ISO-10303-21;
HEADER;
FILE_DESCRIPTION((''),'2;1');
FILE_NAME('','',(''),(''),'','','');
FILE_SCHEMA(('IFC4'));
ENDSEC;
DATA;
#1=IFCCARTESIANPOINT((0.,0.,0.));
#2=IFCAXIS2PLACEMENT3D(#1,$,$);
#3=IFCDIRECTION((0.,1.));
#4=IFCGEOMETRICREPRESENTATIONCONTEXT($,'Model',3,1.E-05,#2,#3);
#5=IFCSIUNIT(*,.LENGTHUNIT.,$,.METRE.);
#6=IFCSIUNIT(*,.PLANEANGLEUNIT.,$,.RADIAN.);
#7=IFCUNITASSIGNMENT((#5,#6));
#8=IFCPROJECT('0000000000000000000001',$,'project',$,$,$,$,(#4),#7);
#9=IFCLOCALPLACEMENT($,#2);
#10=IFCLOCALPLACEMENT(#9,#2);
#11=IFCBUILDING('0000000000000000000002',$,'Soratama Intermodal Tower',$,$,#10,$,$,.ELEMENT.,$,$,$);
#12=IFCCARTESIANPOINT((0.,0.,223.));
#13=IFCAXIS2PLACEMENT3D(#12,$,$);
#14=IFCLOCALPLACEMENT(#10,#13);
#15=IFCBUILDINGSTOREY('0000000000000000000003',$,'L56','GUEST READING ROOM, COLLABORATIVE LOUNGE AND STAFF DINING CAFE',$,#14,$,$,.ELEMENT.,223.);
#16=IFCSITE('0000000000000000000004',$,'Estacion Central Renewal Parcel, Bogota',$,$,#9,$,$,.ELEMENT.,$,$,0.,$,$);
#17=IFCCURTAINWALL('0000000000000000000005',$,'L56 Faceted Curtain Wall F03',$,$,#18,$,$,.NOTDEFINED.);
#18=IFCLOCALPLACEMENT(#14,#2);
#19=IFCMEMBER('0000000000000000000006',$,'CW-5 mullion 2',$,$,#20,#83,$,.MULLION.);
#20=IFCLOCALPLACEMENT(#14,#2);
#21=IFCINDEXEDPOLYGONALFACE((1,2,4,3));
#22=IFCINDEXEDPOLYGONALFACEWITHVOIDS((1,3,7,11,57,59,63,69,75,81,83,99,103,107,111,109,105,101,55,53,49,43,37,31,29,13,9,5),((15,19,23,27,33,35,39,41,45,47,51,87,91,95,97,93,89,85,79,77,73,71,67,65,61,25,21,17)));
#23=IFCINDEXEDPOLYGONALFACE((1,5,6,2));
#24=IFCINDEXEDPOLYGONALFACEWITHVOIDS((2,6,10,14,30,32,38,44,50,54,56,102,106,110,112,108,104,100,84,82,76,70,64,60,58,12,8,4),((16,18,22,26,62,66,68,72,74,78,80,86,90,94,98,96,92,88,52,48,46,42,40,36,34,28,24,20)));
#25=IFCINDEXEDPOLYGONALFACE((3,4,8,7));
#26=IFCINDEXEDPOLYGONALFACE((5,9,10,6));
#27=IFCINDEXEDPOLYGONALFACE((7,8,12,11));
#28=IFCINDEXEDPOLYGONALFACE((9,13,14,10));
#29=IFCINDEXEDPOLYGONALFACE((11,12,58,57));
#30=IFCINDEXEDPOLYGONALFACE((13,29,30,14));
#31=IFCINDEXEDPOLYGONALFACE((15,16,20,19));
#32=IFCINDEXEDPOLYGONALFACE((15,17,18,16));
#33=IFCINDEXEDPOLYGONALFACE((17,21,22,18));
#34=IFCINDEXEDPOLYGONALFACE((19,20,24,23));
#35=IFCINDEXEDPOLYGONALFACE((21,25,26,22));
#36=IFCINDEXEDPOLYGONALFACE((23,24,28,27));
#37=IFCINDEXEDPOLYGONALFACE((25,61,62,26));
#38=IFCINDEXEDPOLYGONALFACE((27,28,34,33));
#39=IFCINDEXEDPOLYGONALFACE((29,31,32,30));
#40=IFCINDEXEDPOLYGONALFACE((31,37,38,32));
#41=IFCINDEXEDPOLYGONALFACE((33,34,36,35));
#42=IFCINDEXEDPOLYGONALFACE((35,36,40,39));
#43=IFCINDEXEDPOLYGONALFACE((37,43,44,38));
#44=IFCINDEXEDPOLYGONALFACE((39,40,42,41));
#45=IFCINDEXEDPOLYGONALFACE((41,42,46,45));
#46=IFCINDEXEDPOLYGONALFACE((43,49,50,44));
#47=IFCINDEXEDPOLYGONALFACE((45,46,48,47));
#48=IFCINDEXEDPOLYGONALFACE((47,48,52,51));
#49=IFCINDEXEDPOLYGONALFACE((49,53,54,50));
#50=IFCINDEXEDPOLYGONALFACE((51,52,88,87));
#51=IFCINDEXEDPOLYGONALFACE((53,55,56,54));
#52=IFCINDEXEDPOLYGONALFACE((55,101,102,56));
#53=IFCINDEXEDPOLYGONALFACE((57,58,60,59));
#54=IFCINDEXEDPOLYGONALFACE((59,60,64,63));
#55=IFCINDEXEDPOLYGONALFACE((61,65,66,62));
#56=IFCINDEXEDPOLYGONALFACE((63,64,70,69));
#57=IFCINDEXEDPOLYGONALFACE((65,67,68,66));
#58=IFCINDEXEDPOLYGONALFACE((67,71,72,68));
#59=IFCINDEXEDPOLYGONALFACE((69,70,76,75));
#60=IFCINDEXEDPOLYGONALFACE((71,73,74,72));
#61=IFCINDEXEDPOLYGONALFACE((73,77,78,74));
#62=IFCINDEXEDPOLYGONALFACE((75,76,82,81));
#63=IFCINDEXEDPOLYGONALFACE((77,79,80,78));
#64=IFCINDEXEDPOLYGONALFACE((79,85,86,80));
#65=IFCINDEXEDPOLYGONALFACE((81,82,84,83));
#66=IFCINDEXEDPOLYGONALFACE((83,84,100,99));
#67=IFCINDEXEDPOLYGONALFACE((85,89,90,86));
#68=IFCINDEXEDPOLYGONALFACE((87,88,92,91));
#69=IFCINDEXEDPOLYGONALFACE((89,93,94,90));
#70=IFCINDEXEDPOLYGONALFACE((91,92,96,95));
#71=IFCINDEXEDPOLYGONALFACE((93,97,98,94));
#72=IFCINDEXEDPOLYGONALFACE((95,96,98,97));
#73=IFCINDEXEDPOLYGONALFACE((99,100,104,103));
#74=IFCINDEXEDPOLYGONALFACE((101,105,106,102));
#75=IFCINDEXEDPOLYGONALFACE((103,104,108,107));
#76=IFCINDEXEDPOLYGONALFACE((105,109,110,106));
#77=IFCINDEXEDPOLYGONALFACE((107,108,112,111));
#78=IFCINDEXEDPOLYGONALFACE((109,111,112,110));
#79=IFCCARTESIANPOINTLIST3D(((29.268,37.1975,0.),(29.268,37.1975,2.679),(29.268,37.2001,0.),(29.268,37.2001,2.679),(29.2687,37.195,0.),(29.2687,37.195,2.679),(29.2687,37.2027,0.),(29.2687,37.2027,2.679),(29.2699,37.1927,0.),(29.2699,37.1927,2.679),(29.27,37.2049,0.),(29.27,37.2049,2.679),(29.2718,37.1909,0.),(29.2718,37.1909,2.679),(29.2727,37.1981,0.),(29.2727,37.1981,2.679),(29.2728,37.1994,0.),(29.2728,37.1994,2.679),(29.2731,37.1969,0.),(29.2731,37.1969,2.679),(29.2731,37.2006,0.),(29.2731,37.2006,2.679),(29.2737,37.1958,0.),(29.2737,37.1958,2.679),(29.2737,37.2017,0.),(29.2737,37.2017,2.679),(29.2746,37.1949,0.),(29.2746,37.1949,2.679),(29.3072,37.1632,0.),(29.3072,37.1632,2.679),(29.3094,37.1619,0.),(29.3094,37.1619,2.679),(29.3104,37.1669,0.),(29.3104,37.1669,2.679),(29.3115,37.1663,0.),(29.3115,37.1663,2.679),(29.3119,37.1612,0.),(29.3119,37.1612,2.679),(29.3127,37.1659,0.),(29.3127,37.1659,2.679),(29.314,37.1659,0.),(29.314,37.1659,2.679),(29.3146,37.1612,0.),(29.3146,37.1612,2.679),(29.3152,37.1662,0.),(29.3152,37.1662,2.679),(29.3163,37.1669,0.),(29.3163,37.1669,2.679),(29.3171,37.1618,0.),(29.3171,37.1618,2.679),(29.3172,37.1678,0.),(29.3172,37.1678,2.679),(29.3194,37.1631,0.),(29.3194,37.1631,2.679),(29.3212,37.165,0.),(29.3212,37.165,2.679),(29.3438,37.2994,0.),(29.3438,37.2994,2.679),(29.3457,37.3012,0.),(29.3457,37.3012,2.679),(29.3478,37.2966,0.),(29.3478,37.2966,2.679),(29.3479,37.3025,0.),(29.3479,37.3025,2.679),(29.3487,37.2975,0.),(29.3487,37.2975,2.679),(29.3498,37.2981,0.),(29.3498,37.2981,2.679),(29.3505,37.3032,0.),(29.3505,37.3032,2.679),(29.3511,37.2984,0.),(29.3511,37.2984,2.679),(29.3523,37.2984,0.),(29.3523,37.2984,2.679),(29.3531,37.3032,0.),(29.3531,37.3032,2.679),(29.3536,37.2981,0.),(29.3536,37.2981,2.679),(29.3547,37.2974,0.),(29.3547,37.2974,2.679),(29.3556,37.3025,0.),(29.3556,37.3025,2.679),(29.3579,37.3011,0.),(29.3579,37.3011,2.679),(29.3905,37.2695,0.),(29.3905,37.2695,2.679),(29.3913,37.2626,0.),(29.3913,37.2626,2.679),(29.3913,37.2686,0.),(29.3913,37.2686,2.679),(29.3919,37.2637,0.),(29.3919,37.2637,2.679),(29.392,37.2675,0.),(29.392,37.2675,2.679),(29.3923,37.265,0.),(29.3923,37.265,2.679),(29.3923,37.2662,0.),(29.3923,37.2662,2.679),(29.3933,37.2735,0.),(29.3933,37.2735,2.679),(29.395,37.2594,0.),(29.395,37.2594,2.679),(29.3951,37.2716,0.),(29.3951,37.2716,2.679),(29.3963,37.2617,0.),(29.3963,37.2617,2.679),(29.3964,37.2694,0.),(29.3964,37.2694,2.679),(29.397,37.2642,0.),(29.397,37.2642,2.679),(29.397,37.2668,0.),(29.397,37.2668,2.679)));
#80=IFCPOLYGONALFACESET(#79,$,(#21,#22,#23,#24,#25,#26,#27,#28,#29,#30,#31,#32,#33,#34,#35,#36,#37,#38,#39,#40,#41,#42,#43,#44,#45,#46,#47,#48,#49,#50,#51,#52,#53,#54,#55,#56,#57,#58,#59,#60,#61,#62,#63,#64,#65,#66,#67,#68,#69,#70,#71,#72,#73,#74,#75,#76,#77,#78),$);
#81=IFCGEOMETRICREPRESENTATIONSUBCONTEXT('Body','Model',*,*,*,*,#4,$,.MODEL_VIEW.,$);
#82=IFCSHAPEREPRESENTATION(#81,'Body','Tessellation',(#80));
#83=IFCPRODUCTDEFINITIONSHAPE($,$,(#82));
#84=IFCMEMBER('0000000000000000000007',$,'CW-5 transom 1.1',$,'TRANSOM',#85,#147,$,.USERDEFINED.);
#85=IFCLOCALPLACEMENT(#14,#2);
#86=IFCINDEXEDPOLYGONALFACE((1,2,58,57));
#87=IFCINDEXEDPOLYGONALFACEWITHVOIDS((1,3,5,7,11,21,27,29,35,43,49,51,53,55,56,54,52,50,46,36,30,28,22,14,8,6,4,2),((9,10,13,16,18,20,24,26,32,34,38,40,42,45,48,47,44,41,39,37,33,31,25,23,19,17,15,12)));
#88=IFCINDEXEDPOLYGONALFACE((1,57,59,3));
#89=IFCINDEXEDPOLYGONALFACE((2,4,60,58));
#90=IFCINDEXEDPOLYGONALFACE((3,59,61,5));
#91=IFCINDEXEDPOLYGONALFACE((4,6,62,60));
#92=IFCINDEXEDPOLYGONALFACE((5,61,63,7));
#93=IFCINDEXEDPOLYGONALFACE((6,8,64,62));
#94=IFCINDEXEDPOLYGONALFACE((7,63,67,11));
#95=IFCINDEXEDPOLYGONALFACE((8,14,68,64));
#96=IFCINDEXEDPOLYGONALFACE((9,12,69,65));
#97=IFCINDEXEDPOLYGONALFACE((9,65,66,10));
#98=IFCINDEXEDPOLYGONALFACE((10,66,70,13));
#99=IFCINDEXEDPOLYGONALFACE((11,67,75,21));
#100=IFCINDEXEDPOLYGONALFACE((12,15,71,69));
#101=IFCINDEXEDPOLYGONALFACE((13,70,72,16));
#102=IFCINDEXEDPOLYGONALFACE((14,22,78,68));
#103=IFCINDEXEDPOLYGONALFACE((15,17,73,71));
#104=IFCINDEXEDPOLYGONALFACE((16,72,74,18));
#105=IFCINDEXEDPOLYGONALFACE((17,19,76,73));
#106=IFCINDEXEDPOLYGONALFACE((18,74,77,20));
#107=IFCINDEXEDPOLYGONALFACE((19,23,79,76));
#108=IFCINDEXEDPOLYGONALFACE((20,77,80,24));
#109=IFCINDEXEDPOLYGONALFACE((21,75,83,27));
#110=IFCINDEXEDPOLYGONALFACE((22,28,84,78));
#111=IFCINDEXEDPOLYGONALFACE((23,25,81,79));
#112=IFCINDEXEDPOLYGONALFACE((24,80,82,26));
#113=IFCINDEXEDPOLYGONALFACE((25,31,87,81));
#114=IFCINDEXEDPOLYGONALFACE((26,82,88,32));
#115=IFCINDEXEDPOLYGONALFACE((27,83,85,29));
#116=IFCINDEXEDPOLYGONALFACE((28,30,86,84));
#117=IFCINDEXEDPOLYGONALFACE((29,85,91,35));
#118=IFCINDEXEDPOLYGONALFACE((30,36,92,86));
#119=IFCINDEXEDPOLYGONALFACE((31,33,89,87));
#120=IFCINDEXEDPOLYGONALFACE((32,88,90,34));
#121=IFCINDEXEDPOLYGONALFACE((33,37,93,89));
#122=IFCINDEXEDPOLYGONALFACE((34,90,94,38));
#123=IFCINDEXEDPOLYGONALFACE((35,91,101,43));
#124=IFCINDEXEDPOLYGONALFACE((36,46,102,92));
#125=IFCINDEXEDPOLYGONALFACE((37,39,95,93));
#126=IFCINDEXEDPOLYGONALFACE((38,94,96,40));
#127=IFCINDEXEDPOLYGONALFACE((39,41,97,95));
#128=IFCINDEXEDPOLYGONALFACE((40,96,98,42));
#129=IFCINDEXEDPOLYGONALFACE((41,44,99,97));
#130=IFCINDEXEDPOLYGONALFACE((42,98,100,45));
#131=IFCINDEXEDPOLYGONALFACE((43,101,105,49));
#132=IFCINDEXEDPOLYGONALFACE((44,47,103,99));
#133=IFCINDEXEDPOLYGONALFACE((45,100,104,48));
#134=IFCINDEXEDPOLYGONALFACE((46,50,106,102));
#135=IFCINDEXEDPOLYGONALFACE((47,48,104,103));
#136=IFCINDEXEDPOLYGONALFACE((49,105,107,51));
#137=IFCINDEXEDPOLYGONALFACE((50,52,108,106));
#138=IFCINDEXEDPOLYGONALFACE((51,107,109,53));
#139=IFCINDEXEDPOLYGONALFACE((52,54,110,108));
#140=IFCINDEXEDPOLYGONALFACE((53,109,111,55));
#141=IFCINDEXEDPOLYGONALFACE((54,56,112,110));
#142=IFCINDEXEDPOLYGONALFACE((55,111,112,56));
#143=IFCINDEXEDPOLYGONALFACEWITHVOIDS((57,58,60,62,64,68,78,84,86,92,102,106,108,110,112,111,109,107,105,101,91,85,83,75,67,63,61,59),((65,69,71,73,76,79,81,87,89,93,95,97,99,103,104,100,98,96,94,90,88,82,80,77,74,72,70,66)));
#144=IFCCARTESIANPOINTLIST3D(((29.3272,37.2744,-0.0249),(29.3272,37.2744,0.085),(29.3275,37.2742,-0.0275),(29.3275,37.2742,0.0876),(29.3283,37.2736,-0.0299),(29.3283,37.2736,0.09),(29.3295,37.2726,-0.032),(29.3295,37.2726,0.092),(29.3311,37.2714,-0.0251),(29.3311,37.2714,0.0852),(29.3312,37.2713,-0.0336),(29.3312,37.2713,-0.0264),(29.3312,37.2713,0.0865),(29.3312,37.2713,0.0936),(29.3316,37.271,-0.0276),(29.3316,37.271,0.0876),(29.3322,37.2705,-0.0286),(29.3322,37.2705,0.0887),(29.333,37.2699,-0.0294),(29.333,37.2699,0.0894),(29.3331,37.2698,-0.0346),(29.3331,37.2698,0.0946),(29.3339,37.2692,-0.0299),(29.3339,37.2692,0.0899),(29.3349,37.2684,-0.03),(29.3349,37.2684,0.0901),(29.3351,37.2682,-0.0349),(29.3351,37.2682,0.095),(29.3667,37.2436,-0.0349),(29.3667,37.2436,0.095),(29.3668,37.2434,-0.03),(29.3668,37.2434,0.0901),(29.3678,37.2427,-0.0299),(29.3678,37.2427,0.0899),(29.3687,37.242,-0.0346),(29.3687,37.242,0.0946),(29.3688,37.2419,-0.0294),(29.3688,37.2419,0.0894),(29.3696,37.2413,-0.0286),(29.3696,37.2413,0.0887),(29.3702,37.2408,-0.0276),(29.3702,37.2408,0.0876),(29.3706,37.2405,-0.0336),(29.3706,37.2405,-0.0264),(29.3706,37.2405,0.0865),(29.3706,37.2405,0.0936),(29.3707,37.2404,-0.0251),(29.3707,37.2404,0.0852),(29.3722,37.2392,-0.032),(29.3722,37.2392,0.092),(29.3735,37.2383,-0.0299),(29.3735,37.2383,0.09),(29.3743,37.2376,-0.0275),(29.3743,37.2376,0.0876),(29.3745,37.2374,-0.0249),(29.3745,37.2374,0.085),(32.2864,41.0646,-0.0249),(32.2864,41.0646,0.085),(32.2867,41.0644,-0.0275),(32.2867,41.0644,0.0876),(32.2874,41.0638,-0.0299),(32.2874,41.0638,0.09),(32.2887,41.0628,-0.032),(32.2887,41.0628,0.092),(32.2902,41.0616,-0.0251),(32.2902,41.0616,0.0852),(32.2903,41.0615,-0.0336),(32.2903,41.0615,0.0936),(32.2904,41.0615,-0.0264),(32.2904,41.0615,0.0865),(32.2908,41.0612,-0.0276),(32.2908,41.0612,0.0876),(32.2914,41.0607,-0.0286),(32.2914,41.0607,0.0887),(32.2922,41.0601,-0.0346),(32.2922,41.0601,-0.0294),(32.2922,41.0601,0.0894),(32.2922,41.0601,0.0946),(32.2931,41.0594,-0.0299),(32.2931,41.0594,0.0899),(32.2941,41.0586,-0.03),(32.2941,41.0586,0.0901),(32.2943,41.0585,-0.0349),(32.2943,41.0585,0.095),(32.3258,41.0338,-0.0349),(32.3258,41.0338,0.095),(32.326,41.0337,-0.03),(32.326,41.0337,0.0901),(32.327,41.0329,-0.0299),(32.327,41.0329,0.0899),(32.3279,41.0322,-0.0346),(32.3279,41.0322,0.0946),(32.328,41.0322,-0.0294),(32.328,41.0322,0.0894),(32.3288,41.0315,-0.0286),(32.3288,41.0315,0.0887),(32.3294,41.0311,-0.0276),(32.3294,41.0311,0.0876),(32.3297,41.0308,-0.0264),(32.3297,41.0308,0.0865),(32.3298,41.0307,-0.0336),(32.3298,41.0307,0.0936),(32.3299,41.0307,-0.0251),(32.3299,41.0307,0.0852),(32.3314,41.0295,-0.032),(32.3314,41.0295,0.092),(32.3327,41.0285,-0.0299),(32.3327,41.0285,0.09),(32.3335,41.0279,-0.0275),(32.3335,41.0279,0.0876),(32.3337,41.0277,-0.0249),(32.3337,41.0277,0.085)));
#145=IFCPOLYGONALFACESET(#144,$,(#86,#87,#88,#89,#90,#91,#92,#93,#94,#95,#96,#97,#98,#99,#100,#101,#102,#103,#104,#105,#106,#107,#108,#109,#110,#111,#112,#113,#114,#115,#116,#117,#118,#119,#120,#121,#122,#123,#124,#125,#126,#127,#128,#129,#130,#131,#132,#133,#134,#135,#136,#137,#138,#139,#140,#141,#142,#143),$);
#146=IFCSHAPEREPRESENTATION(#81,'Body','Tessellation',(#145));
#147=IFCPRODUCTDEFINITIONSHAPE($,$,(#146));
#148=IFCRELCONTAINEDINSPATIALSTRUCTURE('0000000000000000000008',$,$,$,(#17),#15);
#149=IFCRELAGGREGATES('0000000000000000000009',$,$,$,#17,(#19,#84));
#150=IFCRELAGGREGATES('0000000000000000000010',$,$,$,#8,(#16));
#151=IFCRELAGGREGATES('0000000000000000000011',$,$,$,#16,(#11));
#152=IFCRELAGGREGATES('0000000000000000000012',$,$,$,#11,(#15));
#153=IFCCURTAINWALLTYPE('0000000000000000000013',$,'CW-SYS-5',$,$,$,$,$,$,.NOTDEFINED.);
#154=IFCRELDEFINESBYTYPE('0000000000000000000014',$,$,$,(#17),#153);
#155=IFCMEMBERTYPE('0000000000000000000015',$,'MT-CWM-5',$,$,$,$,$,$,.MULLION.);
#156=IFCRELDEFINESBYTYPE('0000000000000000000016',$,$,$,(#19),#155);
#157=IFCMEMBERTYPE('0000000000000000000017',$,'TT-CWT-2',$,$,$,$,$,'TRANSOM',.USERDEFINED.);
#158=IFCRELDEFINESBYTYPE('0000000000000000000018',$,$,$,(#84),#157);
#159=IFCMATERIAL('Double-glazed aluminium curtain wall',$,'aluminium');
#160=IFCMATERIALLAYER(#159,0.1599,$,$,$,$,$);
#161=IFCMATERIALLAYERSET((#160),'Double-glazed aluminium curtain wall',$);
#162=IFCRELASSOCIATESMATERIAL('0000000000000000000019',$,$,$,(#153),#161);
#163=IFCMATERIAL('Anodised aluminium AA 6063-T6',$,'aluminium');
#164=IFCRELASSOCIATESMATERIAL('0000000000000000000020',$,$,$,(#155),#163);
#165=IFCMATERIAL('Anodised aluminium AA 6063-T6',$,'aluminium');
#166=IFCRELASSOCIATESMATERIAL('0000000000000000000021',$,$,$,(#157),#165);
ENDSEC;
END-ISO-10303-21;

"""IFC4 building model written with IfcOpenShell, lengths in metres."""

from ifc_helpers import new_model, si_unit, direction, frame, origin, origin_2d, place, context, subcontext, project, spatial, hollow_rectangle, extrude, material, layer, layer_set, material_profile, profile_set, type_object, element, aggregate, save


model = new_model("IFC4")

# Units and contexts
model_context = context("Model", 3, precision=1e-05, world=origin(), true_north=direction((0.0, 1.0)))
body_context = subcontext(model_context, "Body", "Model", "MODEL_VIEW")
ifc_project = project(units=[si_unit("LENGTHUNIT", "METRE"), si_unit("PLANEANGLEUNIT", "RADIAN")], contexts=[model_context])

# Site, building, storey
site_placement = place(None, origin())
site = spatial("IfcSite", under=ifc_project, at=site_placement, Name="Estacion Central Renewal Parcel, Bogota", CompositionType="ELEMENT", RefElevation=0.0)
building_placement = place(site_placement, origin())
building = spatial("IfcBuilding", under=site, at=building_placement, Name="Soratama Intermodal Tower", CompositionType="ELEMENT")
storey_placement = place(building_placement, frame((0.0, 0.0, 223.0)))
storey = spatial("IfcBuildingStorey", under=building, at=storey_placement, Name="L56", Description="GUEST READING ROOM, COLLABORATIVE LOUNGE AND STAFF DINING CAFE", CompositionType="ELEMENT", Elevation=223.0)

# Curtain wall, members
ifc_material_1 = material(Name="Double-glazed aluminium curtain wall", Category="aluminium")
ifc_layer_1 = layer(ifc_material_1, 0.1599)
ifc_layer_set_1 = layer_set([ifc_layer_1], Name="Double-glazed aluminium curtain wall")
curtain_wall_type = type_object("IfcCurtainWallType", Name="CW-SYS-5", PredefinedType="NOTDEFINED", material=ifc_layer_set_1)
curtain_wall_placement = place(storey_placement, origin())
curtain_wall = element("IfcCurtainWall", 1, at=curtain_wall_placement, inside=storey, type_object=curtain_wall_type, Name="L56 Faceted Curtain Wall F03", PredefinedType="NOTDEFINED")
ifc_material_2 = material(Name="Anodised aluminium AA 6063-T6", Category="aluminium")
ifc_material_profile_1 = material_profile(ifc_material_2, hollow_rectangle(XDim=0.0649, YDim=0.1399, WallThickness=0.0049, InnerFilletRadius=0.0049, OuterFilletRadius=0.01, at=origin_2d()), Name="CWM140X65X5")
ifc_profile_set_1 = profile_set([ifc_material_profile_1], Name="Anodised aluminium AA 6063-T6")
member_type_1 = type_object("IfcMemberType", Name="MT-CWM-5", PredefinedType="MULLION", material=ifc_profile_set_1)
member_1_placement = place(storey_placement, frame((29.3325, 37.2322, 0.0), z_axis=(0.0, 0.0, 1.0), x_axis=(0.788224, -0.615388, 0.0)))
member_1 = element("IfcMember", 2, at=member_1_placement, type_object=member_type_1, Name="CW-5 mullion 2", PredefinedType="MULLION", context=body_context, shape_type="SweptSolid", body=[
    extrude(hollow_rectangle(XDim=0.0649, YDim=0.1399, WallThickness=0.0049, InnerFilletRadius=0.0049, OuterFilletRadius=0.01, at=origin_2d()), origin(), (0.0, 0.0, 1.0), 2.679),
])
ifc_material_3 = material(Name="Anodised aluminium AA 6063-T6", Category="aluminium")
ifc_material_profile_2 = material_profile(ifc_material_3, hollow_rectangle(XDim=0.0601, YDim=0.1299, WallThickness=0.0049, InnerFilletRadius=0.0049, OuterFilletRadius=0.01, at=origin_2d()), Name="CWT130X60X5")
ifc_profile_set_2 = profile_set([ifc_material_profile_2], Name="Anodised aluminium AA 6063-T6")
member_type_2 = type_object("IfcMemberType", Name="TT-CWT-2", ElementType="TRANSOM", PredefinedType="USERDEFINED", material=ifc_profile_set_2)
member_2_placement = place(storey_placement, frame((32.3101, 41.0461, 0.03), z_axis=(-0.615395, -0.788219, 0.0), x_axis=(0.788219, -0.615395, 0.0)))
member_2 = element("IfcMember", 3, at=member_2_placement, type_object=member_type_2, Name="CW-5 transom 1.1", ObjectType="TRANSOM", PredefinedType="USERDEFINED", context=body_context, shape_type="SweptSolid", body=[
    extrude(hollow_rectangle(XDim=0.0601, YDim=0.1299, WallThickness=0.0049, InnerFilletRadius=0.0049, OuterFilletRadius=0.01, at=origin_2d()), origin(), (0.0, 0.0, 1.0), 4.8086),
])
aggregate(curtain_wall, [member_1, member_2])

save(model, "model.ifc")
